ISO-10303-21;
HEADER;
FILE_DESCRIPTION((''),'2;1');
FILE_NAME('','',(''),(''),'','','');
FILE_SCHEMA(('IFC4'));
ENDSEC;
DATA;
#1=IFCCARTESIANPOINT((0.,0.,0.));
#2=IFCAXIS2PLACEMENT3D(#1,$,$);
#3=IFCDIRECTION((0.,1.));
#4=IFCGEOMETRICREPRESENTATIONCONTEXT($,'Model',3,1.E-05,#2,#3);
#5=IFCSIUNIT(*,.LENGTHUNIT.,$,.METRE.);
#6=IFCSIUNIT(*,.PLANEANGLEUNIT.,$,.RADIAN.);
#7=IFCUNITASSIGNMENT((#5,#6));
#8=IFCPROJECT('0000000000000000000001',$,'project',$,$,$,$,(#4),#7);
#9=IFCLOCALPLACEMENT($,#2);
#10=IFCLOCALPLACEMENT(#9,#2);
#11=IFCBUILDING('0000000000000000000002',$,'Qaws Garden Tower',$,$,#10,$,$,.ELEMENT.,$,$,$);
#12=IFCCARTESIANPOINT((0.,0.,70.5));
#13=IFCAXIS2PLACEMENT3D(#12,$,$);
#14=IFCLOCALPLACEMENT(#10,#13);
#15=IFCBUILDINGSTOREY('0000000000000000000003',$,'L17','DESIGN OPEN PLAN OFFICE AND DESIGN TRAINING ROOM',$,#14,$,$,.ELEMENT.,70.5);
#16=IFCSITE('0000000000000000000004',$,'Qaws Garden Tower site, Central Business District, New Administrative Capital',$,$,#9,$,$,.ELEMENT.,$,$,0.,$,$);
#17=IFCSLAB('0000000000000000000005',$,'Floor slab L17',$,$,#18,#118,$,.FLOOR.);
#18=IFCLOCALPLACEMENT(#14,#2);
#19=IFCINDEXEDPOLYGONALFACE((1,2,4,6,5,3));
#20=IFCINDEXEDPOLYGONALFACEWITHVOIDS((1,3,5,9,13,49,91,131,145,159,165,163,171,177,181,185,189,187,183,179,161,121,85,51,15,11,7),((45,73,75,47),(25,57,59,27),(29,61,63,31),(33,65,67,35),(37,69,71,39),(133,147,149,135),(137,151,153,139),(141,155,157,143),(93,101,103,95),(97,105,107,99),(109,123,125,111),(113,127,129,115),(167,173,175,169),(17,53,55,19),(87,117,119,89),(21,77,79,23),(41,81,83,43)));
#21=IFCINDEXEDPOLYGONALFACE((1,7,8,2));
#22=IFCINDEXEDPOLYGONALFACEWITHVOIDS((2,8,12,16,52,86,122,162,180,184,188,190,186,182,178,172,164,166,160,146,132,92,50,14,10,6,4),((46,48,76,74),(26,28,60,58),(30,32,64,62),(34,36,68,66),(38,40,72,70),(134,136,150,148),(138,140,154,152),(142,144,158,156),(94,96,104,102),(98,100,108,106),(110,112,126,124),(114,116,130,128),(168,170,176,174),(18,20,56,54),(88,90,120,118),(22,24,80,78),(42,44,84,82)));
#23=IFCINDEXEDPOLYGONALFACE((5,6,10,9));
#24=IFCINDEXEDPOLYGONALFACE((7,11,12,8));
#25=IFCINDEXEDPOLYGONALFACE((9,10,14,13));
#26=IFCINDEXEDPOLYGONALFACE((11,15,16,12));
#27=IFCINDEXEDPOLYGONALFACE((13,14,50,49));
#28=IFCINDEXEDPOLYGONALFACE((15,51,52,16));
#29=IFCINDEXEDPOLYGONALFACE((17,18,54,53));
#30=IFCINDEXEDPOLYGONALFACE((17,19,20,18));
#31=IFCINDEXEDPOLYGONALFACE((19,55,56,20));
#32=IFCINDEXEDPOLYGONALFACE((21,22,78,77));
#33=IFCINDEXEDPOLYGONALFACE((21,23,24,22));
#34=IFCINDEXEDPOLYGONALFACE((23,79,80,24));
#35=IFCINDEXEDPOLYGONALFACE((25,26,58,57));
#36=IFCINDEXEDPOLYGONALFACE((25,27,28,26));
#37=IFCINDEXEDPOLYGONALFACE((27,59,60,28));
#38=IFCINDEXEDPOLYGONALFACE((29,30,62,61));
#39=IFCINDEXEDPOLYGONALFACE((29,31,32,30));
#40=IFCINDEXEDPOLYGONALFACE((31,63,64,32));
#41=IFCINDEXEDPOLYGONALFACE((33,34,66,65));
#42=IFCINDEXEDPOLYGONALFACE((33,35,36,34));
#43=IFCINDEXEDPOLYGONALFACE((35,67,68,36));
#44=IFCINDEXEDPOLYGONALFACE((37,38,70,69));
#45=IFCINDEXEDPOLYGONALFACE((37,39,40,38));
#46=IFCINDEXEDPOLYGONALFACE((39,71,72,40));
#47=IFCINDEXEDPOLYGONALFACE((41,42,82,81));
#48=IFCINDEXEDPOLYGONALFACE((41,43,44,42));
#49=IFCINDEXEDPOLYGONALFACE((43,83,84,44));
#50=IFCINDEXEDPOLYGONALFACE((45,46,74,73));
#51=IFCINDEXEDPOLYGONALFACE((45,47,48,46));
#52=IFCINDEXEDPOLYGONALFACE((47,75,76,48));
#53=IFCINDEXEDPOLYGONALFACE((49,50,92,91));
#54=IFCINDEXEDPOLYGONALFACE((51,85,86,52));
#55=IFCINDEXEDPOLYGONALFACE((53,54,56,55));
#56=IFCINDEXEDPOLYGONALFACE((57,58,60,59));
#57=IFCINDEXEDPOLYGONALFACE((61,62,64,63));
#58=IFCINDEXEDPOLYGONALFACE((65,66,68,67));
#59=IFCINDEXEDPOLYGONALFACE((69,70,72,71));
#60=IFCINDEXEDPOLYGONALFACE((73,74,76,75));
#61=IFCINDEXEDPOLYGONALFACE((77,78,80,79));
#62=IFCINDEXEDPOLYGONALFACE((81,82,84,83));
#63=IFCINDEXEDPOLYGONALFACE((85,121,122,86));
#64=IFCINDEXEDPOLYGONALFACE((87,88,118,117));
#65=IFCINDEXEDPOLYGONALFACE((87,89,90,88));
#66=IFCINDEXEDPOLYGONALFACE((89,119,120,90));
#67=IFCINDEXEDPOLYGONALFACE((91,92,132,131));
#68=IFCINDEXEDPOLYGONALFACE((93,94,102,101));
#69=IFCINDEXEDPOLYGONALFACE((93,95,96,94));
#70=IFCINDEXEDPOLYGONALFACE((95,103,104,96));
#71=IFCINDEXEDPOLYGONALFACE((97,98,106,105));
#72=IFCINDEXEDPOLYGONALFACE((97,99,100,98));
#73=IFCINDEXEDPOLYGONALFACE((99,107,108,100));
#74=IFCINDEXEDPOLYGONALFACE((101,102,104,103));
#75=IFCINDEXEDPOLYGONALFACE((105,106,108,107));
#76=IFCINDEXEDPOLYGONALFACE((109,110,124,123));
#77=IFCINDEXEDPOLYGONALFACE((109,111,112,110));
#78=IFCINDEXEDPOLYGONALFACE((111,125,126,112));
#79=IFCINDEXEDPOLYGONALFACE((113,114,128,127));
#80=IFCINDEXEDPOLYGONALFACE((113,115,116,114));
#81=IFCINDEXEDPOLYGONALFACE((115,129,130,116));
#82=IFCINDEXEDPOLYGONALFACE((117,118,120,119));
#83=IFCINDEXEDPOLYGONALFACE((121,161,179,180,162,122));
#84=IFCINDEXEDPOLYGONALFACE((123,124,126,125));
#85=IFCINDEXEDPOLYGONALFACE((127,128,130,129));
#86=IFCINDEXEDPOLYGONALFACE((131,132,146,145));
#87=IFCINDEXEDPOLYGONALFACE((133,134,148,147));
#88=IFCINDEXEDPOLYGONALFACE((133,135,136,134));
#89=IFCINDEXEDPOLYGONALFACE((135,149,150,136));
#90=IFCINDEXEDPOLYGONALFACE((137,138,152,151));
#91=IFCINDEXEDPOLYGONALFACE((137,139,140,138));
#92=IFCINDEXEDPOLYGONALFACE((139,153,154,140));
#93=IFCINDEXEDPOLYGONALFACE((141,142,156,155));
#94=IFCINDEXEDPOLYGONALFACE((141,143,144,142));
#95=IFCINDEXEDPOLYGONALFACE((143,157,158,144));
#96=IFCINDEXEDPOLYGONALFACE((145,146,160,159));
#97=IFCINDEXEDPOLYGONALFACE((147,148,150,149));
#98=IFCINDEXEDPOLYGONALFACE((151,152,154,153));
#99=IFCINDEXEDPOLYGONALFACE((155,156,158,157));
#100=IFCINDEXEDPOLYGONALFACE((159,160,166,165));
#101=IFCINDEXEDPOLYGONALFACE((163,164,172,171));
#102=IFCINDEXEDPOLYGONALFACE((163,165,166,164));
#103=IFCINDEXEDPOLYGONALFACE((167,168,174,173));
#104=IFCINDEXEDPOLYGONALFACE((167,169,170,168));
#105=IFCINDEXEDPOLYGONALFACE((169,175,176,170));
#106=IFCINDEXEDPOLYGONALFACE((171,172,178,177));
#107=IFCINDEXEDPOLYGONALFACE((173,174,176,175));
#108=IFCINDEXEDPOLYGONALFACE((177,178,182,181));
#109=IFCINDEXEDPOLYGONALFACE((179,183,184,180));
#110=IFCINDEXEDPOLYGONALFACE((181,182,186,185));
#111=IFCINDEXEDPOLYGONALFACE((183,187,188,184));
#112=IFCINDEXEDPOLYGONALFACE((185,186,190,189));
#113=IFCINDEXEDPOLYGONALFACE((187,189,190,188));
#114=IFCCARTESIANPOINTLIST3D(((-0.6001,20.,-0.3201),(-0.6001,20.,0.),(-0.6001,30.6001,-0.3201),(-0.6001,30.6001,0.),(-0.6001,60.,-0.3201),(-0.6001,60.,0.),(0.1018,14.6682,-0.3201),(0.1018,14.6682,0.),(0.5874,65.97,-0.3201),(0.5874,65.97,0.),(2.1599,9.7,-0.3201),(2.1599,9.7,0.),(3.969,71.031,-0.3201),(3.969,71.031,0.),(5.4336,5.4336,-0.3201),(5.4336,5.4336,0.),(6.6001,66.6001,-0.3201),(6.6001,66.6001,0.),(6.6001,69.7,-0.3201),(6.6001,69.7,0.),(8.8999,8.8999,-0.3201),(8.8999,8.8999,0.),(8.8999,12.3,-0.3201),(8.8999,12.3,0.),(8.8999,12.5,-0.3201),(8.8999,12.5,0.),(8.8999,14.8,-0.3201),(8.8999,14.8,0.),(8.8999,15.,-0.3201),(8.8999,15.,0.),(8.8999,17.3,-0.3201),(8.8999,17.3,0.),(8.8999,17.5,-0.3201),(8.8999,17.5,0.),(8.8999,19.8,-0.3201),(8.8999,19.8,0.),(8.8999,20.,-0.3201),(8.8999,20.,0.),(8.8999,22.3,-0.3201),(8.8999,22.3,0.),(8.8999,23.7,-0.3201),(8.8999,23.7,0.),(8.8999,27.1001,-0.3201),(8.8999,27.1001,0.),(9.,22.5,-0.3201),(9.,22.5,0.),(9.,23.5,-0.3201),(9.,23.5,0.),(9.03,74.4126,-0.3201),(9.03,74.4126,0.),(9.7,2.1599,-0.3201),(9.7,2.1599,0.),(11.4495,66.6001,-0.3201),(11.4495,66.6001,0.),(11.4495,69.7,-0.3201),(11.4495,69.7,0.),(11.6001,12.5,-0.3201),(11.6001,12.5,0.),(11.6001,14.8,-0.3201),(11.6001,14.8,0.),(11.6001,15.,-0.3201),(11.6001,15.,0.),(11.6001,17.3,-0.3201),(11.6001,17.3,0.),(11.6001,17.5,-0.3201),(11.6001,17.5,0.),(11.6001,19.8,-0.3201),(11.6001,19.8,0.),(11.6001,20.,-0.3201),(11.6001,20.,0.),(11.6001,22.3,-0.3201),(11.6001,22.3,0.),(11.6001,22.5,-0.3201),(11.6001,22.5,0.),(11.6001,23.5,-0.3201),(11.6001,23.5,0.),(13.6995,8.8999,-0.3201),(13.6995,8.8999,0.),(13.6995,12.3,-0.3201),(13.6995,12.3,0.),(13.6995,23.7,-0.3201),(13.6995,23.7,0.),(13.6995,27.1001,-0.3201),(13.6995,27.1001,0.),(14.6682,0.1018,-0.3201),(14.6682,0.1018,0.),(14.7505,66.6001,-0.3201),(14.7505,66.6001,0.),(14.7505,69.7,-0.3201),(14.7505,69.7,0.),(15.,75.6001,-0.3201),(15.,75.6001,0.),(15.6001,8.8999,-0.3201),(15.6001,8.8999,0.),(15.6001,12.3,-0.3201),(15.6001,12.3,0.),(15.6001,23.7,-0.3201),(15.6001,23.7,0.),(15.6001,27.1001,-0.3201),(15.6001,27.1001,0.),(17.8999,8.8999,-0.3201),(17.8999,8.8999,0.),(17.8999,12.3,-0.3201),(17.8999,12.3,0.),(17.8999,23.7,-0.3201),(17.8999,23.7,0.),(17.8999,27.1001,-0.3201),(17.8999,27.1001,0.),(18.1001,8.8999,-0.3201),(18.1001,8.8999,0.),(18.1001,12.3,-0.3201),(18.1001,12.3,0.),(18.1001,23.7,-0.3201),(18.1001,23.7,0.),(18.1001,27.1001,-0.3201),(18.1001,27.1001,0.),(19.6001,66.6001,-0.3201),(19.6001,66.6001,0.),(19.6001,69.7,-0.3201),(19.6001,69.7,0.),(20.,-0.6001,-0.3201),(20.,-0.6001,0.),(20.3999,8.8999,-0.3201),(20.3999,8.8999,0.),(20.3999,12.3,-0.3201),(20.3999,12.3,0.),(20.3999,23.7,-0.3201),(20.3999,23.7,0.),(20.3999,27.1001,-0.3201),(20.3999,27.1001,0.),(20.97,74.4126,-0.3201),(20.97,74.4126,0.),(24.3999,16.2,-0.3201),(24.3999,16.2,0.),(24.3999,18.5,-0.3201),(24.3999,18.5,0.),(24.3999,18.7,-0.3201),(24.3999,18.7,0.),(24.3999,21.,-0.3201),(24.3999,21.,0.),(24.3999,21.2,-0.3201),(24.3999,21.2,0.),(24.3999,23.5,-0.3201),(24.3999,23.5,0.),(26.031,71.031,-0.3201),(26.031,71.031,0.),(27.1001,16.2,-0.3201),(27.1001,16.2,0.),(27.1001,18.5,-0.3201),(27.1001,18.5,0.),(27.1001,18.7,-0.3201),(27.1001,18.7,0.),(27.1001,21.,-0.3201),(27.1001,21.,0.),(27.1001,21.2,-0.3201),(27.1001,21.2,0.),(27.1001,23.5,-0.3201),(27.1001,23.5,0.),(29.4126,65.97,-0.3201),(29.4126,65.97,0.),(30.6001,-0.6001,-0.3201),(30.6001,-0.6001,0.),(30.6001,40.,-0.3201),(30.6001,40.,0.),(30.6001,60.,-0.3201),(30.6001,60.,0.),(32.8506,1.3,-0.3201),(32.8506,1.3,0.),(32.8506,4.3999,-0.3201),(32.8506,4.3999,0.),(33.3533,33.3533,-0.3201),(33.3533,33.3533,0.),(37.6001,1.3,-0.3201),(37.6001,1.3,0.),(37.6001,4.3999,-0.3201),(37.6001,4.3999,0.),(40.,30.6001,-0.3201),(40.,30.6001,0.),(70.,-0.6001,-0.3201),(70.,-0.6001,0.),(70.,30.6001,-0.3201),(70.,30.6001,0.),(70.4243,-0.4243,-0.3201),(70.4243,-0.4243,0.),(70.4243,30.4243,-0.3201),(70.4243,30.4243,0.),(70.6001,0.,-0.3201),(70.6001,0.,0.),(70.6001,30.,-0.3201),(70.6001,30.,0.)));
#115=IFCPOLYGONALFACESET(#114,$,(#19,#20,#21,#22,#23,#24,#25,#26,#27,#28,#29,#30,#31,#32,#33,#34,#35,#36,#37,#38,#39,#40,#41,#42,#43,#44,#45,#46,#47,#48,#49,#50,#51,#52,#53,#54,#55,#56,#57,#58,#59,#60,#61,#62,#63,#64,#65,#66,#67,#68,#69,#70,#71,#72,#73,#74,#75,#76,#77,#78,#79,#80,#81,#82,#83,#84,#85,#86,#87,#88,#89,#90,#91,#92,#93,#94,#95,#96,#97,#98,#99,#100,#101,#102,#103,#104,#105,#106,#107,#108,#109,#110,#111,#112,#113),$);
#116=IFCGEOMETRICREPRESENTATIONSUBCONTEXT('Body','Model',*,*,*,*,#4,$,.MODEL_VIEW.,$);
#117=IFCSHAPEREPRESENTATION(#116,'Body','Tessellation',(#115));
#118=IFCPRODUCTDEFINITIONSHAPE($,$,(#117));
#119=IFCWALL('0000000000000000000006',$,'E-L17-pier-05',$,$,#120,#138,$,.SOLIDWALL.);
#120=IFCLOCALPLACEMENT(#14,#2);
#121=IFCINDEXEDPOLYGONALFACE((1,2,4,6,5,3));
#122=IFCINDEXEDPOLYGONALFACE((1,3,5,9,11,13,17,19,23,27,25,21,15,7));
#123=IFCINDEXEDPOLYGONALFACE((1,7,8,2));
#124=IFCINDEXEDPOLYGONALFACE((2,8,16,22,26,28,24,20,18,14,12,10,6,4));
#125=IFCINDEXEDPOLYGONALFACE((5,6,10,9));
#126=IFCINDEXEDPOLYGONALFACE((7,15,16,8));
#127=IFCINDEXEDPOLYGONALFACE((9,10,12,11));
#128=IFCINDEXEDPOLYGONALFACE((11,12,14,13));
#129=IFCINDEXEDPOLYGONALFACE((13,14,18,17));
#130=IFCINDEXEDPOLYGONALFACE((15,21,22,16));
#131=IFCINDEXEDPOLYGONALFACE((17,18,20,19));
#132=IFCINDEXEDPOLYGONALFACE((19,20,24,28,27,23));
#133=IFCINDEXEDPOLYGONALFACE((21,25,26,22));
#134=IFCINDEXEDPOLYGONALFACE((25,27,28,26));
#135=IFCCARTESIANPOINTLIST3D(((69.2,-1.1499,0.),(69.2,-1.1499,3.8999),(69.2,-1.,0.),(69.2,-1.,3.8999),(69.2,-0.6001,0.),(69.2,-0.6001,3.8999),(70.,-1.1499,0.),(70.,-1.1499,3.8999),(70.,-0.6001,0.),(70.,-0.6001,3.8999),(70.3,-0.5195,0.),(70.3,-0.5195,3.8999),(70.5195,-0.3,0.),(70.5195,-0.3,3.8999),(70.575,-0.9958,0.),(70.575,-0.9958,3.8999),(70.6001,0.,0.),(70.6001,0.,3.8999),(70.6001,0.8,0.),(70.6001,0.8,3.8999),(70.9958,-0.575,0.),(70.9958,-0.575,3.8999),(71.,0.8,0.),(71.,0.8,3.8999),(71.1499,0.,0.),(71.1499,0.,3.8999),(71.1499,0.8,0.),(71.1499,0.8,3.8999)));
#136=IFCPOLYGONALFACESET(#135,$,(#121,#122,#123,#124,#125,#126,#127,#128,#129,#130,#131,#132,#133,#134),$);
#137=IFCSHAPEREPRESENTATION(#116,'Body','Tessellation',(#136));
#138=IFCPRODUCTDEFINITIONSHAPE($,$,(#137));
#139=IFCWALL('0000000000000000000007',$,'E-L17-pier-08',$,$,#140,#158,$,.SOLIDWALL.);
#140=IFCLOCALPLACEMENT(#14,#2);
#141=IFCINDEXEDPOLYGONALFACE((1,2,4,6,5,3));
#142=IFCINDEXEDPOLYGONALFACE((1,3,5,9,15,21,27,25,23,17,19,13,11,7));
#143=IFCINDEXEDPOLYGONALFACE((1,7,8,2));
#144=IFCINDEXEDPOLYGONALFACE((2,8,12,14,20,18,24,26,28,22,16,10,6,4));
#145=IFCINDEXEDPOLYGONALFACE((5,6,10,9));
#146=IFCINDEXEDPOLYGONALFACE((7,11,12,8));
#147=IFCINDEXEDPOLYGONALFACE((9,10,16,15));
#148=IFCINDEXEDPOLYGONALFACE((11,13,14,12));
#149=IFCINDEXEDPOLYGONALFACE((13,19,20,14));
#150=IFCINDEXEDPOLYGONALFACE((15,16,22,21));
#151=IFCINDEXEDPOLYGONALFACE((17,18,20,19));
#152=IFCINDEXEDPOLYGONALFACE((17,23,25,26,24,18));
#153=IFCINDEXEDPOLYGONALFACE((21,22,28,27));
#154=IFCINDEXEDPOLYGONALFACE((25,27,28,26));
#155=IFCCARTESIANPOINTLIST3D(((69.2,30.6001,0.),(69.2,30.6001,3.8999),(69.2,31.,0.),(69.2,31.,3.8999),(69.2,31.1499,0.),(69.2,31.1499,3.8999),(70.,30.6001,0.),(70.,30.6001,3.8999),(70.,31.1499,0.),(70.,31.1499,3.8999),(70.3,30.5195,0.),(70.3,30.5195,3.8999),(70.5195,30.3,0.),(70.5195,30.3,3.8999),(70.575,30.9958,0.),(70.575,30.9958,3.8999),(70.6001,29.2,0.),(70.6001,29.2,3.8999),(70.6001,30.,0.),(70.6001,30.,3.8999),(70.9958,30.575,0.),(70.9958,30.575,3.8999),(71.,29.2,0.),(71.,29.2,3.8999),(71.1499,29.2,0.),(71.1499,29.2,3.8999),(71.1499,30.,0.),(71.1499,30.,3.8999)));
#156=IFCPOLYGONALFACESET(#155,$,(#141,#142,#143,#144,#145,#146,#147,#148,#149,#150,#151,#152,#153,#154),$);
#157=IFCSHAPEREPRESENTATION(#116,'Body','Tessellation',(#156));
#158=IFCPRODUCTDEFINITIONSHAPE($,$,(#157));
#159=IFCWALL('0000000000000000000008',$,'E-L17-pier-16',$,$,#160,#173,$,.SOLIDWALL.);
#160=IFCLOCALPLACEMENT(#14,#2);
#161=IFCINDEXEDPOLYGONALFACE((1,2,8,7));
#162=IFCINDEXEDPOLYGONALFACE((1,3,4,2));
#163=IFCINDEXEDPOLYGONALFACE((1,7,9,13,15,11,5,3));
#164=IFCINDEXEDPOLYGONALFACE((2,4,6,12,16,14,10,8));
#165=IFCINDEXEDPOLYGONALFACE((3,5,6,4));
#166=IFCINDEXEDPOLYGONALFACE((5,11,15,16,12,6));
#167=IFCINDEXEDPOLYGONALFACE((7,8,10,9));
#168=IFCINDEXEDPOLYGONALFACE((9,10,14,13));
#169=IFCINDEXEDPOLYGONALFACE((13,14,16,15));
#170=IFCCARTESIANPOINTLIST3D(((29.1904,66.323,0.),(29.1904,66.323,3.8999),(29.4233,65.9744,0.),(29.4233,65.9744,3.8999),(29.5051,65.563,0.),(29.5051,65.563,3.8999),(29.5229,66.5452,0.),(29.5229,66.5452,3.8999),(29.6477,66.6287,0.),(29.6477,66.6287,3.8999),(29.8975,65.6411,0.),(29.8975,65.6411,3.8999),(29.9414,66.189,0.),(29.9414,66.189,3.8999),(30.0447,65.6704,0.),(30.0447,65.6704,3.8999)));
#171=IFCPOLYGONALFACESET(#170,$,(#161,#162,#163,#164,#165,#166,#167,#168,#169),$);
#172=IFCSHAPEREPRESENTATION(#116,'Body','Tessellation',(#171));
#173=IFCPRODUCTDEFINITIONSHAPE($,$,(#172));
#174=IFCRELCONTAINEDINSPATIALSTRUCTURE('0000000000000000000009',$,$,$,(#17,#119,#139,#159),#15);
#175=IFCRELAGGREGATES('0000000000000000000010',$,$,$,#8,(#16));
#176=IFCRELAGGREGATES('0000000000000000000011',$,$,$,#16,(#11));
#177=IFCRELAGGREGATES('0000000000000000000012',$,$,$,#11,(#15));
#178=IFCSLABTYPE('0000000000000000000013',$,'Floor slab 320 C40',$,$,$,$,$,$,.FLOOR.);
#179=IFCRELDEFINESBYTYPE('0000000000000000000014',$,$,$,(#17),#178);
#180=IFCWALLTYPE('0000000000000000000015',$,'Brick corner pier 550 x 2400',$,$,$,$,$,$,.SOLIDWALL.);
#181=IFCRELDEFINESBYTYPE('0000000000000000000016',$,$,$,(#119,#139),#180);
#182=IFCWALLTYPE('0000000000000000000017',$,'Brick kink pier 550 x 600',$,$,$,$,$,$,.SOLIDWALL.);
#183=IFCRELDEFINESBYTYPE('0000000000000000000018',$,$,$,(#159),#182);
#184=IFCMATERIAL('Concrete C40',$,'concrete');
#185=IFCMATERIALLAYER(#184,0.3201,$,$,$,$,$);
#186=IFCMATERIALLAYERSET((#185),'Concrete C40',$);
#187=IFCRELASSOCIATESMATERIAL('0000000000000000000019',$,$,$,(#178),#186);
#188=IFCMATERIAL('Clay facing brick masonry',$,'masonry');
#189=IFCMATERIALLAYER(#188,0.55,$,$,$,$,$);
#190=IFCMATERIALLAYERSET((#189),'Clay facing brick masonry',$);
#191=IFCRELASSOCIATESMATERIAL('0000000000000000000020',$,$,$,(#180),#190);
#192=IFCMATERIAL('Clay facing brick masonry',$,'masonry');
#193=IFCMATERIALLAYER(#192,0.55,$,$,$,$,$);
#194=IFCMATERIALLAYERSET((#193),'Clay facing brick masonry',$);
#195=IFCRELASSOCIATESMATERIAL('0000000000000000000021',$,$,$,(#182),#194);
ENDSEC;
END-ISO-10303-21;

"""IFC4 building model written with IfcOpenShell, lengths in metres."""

from ifc_helpers import new_model, si_unit, direction, frame, origin, place, context, subcontext, project, spatial, polyline, outline, extrude, material, layer, layer_set, type_object, element, save


model = new_model("IFC4")

# Units and contexts
model_context = context("Model", 3, precision=1e-05, world=origin(), true_north=direction((0.0, 1.0)))
body_context = subcontext(model_context, "Body", "Model", "MODEL_VIEW")
ifc_project = project(units=[si_unit("LENGTHUNIT", "METRE"), si_unit("PLANEANGLEUNIT", "RADIAN")], contexts=[model_context])

# Site, building, storey
site_placement = place(None, origin())
site = spatial("IfcSite", under=ifc_project, at=site_placement, Name="Qaws Garden Tower site, Central Business District, New Administrative Capital", CompositionType="ELEMENT", RefElevation=0.0)
building_placement = place(site_placement, origin())
building = spatial("IfcBuilding", under=site, at=building_placement, Name="Qaws Garden Tower", CompositionType="ELEMENT")
storey_placement = place(building_placement, frame((0.0, 0.0, 70.5)))
storey = spatial("IfcBuildingStorey", under=building, at=storey_placement, Name="L17", Description="DESIGN OPEN PLAN OFFICE AND DESIGN TRAINING ROOM", CompositionType="ELEMENT", Elevation=70.5)

# Slab
ifc_material_1 = material(Name="Concrete C40", Category="concrete")
ifc_layer_1 = layer(ifc_material_1, 0.3201)
ifc_layer_set_1 = layer_set([ifc_layer_1], Name="Concrete C40")
slab_type = type_object("IfcSlabType", Name="Floor slab 320 C40", PredefinedType="FLOOR", material=ifc_layer_set_1)
slab_placement = place(storey_placement, frame((0.0, 0.0, -0.3201)))
element("IfcSlab", 1, at=slab_placement, inside=storey, type_object=slab_type, Name="Floor slab L17", PredefinedType="FLOOR", context=body_context, shape_type="SweptSolid", body=[
    extrude(outline(polyline([(0.1018, 14.6682), (-0.6001, 20.0), (-0.6001, 30.6001), (-0.6001, 60.0), (-0.6001, 60.0), (0.5874, 65.97), (3.969, 71.031), (9.03, 74.4126), (15.0, 75.6001), (20.97, 74.4126), (26.031, 71.031), (29.4126, 65.97), (30.6001, 60.0), (30.6001, 40.0), (33.3533, 33.3533), (40.0, 30.6001), (70.0, 30.6001), (70.4243, 30.4243), (70.6001, 30.0), (70.6001, 0.0), (70.4243, -0.4243), (70.0, -0.6001), (30.6001, -0.6001), (20.0, -0.6001), (14.6682, 0.1018), (9.7, 2.1599), (5.4336, 5.4336), (2.1599, 9.7), (0.1018, 14.6682)]), holes=[polyline([(13.6995, 12.3), (8.8999, 12.3), (8.8999, 8.8999), (13.6995, 8.8999), (13.6995, 12.3)]), polyline([(17.8999, 12.3), (15.6001, 12.3), (15.6001, 8.8999), (17.8999, 8.8999), (17.8999, 12.3)]), polyline([(11.6001, 14.8), (8.8999, 14.8), (8.8999, 12.5), (11.6001, 12.5), (11.6001, 14.8)]), polyline([(11.6001, 17.3), (8.8999, 17.3), (8.8999, 15.0), (11.6001, 15.0), (11.6001, 17.3)]), polyline([(11.6001, 19.8), (8.8999, 19.8), (8.8999, 17.5), (11.6001, 17.5), (11.6001, 19.8)]), polyline([(11.6001, 22.3), (8.8999, 22.3), (8.8999, 20.0), (11.6001, 20.0), (11.6001, 22.3)]), polyline([(11.6001, 23.5), (9.0, 23.5), (9.0, 22.5), (11.6001, 22.5), (11.6001, 23.5)]), polyline([(13.6995, 27.1001), (8.8999, 27.1001), (8.8999, 23.7), (13.6995, 23.7), (13.6995, 27.1001)]), polyline([(11.4495, 69.7), (6.6001, 69.7), (6.6001, 66.6001), (11.4495, 66.6001), (11.4495, 69.7)]), polyline([(37.6001, 4.3999), (32.8506, 4.3999), (32.8506, 1.3), (37.6001, 1.3), (37.6001, 4.3999)]), polyline([(20.3999, 12.3), (18.1001, 12.3), (18.1001, 8.8999), (20.3999, 8.8999), (20.3999, 12.3)]), polyline([(27.1001, 18.5), (24.3999, 18.5), (24.3999, 16.2), (27.1001, 16.2), (27.1001, 18.5)]), polyline([(27.1001, 21.0), (24.3999, 21.0), (24.3999, 18.7), (27.1001, 18.7), (27.1001, 21.0)]), polyline([(27.1001, 23.5), (24.3999, 23.5), (24.3999, 21.2), (27.1001, 21.2), (27.1001, 23.5)]), polyline([(17.8999, 27.1001), (15.6001, 27.1001), (15.6001, 23.7), (17.8999, 23.7), (17.8999, 27.1001)]), polyline([(20.3999, 23.7), (20.3999, 27.1001), (18.1001, 27.1001), (18.1001, 23.7), (20.3999, 23.7)]), polyline([(19.6001, 66.6001), (19.6001, 69.7), (14.7505, 69.7), (14.7505, 66.6001), (19.6001, 66.6001)])]), origin(), (0.0, 0.0, 1.0), 0.3201),
])

# Walls
ifc_material_2 = material(Name="Clay facing brick masonry", Category="masonry")
ifc_layer_2 = layer(ifc_material_2, 0.55)
ifc_layer_set_2 = layer_set([ifc_layer_2], Name="Clay facing brick masonry")
wall_type_1 = type_object("IfcWallType", Name="Brick corner pier 550 x 2400", PredefinedType="SOLIDWALL", material=ifc_layer_set_2)
placement = place(storey_placement, origin())
element("IfcWall", 2, at=placement, inside=storey, type_object=wall_type_1, Name="E-L17-pier-05", PredefinedType="SOLIDWALL", context=body_context, shape_type="SweptSolid", body=[
    extrude(outline(polyline([(69.2, -1.0), (69.2, -1.1499), (70.0, -1.1499), (70.575, -0.9958), (70.9958, -0.575), (71.1499, 0.0), (71.1499, 0.8), (71.0, 0.8), (70.6001, 0.8), (70.6001, 0.0), (70.5195, -0.3), (70.3, -0.5195), (70.0, -0.6001), (69.2, -0.6001), (69.2, -1.0)])), origin(), (0.0, 0.0, 1.0), 3.8999),
])
element("IfcWall", 3, at=placement, inside=storey, type_object=wall_type_1, Name="E-L17-pier-08", PredefinedType="SOLIDWALL", context=body_context, shape_type="SweptSolid", body=[
    extrude(outline(polyline([(71.0, 29.2), (71.1499, 29.2), (71.1499, 30.0), (70.9958, 30.575), (70.575, 30.9958), (70.0, 31.1499), (69.2, 31.1499), (69.2, 31.0), (69.2, 30.6001), (70.0, 30.6001), (70.3, 30.5195), (70.5195, 30.3), (70.6001, 30.0), (70.6001, 29.2), (71.0, 29.2)])), origin(), (0.0, 0.0, 1.0), 3.8999),
])
ifc_material_3 = material(Name="Clay facing brick masonry", Category="masonry")
ifc_layer_3 = layer(ifc_material_3, 0.55)
ifc_layer_set_3 = layer_set([ifc_layer_3], Name="Clay facing brick masonry")
wall_type_2 = type_object("IfcWallType", Name="Brick kink pier 550 x 600", PredefinedType="SOLIDWALL", material=ifc_layer_set_3)
element("IfcWall", 4, at=placement, inside=storey, type_object=wall_type_2, Name="E-L17-pier-16", PredefinedType="SOLIDWALL", context=body_context, shape_type="SweptSolid", body=[
    extrude(outline(polyline([(29.8975, 65.6411), (30.0447, 65.6704), (29.9414, 66.189), (29.6477, 66.6287), (29.5229, 66.5452), (29.1904, 66.323), (29.4233, 65.9744), (29.5051, 65.563), (29.8975, 65.6411)])), origin(), (0.0, 0.0, 1.0), 3.8999),
])

save(model, "model.ifc")
